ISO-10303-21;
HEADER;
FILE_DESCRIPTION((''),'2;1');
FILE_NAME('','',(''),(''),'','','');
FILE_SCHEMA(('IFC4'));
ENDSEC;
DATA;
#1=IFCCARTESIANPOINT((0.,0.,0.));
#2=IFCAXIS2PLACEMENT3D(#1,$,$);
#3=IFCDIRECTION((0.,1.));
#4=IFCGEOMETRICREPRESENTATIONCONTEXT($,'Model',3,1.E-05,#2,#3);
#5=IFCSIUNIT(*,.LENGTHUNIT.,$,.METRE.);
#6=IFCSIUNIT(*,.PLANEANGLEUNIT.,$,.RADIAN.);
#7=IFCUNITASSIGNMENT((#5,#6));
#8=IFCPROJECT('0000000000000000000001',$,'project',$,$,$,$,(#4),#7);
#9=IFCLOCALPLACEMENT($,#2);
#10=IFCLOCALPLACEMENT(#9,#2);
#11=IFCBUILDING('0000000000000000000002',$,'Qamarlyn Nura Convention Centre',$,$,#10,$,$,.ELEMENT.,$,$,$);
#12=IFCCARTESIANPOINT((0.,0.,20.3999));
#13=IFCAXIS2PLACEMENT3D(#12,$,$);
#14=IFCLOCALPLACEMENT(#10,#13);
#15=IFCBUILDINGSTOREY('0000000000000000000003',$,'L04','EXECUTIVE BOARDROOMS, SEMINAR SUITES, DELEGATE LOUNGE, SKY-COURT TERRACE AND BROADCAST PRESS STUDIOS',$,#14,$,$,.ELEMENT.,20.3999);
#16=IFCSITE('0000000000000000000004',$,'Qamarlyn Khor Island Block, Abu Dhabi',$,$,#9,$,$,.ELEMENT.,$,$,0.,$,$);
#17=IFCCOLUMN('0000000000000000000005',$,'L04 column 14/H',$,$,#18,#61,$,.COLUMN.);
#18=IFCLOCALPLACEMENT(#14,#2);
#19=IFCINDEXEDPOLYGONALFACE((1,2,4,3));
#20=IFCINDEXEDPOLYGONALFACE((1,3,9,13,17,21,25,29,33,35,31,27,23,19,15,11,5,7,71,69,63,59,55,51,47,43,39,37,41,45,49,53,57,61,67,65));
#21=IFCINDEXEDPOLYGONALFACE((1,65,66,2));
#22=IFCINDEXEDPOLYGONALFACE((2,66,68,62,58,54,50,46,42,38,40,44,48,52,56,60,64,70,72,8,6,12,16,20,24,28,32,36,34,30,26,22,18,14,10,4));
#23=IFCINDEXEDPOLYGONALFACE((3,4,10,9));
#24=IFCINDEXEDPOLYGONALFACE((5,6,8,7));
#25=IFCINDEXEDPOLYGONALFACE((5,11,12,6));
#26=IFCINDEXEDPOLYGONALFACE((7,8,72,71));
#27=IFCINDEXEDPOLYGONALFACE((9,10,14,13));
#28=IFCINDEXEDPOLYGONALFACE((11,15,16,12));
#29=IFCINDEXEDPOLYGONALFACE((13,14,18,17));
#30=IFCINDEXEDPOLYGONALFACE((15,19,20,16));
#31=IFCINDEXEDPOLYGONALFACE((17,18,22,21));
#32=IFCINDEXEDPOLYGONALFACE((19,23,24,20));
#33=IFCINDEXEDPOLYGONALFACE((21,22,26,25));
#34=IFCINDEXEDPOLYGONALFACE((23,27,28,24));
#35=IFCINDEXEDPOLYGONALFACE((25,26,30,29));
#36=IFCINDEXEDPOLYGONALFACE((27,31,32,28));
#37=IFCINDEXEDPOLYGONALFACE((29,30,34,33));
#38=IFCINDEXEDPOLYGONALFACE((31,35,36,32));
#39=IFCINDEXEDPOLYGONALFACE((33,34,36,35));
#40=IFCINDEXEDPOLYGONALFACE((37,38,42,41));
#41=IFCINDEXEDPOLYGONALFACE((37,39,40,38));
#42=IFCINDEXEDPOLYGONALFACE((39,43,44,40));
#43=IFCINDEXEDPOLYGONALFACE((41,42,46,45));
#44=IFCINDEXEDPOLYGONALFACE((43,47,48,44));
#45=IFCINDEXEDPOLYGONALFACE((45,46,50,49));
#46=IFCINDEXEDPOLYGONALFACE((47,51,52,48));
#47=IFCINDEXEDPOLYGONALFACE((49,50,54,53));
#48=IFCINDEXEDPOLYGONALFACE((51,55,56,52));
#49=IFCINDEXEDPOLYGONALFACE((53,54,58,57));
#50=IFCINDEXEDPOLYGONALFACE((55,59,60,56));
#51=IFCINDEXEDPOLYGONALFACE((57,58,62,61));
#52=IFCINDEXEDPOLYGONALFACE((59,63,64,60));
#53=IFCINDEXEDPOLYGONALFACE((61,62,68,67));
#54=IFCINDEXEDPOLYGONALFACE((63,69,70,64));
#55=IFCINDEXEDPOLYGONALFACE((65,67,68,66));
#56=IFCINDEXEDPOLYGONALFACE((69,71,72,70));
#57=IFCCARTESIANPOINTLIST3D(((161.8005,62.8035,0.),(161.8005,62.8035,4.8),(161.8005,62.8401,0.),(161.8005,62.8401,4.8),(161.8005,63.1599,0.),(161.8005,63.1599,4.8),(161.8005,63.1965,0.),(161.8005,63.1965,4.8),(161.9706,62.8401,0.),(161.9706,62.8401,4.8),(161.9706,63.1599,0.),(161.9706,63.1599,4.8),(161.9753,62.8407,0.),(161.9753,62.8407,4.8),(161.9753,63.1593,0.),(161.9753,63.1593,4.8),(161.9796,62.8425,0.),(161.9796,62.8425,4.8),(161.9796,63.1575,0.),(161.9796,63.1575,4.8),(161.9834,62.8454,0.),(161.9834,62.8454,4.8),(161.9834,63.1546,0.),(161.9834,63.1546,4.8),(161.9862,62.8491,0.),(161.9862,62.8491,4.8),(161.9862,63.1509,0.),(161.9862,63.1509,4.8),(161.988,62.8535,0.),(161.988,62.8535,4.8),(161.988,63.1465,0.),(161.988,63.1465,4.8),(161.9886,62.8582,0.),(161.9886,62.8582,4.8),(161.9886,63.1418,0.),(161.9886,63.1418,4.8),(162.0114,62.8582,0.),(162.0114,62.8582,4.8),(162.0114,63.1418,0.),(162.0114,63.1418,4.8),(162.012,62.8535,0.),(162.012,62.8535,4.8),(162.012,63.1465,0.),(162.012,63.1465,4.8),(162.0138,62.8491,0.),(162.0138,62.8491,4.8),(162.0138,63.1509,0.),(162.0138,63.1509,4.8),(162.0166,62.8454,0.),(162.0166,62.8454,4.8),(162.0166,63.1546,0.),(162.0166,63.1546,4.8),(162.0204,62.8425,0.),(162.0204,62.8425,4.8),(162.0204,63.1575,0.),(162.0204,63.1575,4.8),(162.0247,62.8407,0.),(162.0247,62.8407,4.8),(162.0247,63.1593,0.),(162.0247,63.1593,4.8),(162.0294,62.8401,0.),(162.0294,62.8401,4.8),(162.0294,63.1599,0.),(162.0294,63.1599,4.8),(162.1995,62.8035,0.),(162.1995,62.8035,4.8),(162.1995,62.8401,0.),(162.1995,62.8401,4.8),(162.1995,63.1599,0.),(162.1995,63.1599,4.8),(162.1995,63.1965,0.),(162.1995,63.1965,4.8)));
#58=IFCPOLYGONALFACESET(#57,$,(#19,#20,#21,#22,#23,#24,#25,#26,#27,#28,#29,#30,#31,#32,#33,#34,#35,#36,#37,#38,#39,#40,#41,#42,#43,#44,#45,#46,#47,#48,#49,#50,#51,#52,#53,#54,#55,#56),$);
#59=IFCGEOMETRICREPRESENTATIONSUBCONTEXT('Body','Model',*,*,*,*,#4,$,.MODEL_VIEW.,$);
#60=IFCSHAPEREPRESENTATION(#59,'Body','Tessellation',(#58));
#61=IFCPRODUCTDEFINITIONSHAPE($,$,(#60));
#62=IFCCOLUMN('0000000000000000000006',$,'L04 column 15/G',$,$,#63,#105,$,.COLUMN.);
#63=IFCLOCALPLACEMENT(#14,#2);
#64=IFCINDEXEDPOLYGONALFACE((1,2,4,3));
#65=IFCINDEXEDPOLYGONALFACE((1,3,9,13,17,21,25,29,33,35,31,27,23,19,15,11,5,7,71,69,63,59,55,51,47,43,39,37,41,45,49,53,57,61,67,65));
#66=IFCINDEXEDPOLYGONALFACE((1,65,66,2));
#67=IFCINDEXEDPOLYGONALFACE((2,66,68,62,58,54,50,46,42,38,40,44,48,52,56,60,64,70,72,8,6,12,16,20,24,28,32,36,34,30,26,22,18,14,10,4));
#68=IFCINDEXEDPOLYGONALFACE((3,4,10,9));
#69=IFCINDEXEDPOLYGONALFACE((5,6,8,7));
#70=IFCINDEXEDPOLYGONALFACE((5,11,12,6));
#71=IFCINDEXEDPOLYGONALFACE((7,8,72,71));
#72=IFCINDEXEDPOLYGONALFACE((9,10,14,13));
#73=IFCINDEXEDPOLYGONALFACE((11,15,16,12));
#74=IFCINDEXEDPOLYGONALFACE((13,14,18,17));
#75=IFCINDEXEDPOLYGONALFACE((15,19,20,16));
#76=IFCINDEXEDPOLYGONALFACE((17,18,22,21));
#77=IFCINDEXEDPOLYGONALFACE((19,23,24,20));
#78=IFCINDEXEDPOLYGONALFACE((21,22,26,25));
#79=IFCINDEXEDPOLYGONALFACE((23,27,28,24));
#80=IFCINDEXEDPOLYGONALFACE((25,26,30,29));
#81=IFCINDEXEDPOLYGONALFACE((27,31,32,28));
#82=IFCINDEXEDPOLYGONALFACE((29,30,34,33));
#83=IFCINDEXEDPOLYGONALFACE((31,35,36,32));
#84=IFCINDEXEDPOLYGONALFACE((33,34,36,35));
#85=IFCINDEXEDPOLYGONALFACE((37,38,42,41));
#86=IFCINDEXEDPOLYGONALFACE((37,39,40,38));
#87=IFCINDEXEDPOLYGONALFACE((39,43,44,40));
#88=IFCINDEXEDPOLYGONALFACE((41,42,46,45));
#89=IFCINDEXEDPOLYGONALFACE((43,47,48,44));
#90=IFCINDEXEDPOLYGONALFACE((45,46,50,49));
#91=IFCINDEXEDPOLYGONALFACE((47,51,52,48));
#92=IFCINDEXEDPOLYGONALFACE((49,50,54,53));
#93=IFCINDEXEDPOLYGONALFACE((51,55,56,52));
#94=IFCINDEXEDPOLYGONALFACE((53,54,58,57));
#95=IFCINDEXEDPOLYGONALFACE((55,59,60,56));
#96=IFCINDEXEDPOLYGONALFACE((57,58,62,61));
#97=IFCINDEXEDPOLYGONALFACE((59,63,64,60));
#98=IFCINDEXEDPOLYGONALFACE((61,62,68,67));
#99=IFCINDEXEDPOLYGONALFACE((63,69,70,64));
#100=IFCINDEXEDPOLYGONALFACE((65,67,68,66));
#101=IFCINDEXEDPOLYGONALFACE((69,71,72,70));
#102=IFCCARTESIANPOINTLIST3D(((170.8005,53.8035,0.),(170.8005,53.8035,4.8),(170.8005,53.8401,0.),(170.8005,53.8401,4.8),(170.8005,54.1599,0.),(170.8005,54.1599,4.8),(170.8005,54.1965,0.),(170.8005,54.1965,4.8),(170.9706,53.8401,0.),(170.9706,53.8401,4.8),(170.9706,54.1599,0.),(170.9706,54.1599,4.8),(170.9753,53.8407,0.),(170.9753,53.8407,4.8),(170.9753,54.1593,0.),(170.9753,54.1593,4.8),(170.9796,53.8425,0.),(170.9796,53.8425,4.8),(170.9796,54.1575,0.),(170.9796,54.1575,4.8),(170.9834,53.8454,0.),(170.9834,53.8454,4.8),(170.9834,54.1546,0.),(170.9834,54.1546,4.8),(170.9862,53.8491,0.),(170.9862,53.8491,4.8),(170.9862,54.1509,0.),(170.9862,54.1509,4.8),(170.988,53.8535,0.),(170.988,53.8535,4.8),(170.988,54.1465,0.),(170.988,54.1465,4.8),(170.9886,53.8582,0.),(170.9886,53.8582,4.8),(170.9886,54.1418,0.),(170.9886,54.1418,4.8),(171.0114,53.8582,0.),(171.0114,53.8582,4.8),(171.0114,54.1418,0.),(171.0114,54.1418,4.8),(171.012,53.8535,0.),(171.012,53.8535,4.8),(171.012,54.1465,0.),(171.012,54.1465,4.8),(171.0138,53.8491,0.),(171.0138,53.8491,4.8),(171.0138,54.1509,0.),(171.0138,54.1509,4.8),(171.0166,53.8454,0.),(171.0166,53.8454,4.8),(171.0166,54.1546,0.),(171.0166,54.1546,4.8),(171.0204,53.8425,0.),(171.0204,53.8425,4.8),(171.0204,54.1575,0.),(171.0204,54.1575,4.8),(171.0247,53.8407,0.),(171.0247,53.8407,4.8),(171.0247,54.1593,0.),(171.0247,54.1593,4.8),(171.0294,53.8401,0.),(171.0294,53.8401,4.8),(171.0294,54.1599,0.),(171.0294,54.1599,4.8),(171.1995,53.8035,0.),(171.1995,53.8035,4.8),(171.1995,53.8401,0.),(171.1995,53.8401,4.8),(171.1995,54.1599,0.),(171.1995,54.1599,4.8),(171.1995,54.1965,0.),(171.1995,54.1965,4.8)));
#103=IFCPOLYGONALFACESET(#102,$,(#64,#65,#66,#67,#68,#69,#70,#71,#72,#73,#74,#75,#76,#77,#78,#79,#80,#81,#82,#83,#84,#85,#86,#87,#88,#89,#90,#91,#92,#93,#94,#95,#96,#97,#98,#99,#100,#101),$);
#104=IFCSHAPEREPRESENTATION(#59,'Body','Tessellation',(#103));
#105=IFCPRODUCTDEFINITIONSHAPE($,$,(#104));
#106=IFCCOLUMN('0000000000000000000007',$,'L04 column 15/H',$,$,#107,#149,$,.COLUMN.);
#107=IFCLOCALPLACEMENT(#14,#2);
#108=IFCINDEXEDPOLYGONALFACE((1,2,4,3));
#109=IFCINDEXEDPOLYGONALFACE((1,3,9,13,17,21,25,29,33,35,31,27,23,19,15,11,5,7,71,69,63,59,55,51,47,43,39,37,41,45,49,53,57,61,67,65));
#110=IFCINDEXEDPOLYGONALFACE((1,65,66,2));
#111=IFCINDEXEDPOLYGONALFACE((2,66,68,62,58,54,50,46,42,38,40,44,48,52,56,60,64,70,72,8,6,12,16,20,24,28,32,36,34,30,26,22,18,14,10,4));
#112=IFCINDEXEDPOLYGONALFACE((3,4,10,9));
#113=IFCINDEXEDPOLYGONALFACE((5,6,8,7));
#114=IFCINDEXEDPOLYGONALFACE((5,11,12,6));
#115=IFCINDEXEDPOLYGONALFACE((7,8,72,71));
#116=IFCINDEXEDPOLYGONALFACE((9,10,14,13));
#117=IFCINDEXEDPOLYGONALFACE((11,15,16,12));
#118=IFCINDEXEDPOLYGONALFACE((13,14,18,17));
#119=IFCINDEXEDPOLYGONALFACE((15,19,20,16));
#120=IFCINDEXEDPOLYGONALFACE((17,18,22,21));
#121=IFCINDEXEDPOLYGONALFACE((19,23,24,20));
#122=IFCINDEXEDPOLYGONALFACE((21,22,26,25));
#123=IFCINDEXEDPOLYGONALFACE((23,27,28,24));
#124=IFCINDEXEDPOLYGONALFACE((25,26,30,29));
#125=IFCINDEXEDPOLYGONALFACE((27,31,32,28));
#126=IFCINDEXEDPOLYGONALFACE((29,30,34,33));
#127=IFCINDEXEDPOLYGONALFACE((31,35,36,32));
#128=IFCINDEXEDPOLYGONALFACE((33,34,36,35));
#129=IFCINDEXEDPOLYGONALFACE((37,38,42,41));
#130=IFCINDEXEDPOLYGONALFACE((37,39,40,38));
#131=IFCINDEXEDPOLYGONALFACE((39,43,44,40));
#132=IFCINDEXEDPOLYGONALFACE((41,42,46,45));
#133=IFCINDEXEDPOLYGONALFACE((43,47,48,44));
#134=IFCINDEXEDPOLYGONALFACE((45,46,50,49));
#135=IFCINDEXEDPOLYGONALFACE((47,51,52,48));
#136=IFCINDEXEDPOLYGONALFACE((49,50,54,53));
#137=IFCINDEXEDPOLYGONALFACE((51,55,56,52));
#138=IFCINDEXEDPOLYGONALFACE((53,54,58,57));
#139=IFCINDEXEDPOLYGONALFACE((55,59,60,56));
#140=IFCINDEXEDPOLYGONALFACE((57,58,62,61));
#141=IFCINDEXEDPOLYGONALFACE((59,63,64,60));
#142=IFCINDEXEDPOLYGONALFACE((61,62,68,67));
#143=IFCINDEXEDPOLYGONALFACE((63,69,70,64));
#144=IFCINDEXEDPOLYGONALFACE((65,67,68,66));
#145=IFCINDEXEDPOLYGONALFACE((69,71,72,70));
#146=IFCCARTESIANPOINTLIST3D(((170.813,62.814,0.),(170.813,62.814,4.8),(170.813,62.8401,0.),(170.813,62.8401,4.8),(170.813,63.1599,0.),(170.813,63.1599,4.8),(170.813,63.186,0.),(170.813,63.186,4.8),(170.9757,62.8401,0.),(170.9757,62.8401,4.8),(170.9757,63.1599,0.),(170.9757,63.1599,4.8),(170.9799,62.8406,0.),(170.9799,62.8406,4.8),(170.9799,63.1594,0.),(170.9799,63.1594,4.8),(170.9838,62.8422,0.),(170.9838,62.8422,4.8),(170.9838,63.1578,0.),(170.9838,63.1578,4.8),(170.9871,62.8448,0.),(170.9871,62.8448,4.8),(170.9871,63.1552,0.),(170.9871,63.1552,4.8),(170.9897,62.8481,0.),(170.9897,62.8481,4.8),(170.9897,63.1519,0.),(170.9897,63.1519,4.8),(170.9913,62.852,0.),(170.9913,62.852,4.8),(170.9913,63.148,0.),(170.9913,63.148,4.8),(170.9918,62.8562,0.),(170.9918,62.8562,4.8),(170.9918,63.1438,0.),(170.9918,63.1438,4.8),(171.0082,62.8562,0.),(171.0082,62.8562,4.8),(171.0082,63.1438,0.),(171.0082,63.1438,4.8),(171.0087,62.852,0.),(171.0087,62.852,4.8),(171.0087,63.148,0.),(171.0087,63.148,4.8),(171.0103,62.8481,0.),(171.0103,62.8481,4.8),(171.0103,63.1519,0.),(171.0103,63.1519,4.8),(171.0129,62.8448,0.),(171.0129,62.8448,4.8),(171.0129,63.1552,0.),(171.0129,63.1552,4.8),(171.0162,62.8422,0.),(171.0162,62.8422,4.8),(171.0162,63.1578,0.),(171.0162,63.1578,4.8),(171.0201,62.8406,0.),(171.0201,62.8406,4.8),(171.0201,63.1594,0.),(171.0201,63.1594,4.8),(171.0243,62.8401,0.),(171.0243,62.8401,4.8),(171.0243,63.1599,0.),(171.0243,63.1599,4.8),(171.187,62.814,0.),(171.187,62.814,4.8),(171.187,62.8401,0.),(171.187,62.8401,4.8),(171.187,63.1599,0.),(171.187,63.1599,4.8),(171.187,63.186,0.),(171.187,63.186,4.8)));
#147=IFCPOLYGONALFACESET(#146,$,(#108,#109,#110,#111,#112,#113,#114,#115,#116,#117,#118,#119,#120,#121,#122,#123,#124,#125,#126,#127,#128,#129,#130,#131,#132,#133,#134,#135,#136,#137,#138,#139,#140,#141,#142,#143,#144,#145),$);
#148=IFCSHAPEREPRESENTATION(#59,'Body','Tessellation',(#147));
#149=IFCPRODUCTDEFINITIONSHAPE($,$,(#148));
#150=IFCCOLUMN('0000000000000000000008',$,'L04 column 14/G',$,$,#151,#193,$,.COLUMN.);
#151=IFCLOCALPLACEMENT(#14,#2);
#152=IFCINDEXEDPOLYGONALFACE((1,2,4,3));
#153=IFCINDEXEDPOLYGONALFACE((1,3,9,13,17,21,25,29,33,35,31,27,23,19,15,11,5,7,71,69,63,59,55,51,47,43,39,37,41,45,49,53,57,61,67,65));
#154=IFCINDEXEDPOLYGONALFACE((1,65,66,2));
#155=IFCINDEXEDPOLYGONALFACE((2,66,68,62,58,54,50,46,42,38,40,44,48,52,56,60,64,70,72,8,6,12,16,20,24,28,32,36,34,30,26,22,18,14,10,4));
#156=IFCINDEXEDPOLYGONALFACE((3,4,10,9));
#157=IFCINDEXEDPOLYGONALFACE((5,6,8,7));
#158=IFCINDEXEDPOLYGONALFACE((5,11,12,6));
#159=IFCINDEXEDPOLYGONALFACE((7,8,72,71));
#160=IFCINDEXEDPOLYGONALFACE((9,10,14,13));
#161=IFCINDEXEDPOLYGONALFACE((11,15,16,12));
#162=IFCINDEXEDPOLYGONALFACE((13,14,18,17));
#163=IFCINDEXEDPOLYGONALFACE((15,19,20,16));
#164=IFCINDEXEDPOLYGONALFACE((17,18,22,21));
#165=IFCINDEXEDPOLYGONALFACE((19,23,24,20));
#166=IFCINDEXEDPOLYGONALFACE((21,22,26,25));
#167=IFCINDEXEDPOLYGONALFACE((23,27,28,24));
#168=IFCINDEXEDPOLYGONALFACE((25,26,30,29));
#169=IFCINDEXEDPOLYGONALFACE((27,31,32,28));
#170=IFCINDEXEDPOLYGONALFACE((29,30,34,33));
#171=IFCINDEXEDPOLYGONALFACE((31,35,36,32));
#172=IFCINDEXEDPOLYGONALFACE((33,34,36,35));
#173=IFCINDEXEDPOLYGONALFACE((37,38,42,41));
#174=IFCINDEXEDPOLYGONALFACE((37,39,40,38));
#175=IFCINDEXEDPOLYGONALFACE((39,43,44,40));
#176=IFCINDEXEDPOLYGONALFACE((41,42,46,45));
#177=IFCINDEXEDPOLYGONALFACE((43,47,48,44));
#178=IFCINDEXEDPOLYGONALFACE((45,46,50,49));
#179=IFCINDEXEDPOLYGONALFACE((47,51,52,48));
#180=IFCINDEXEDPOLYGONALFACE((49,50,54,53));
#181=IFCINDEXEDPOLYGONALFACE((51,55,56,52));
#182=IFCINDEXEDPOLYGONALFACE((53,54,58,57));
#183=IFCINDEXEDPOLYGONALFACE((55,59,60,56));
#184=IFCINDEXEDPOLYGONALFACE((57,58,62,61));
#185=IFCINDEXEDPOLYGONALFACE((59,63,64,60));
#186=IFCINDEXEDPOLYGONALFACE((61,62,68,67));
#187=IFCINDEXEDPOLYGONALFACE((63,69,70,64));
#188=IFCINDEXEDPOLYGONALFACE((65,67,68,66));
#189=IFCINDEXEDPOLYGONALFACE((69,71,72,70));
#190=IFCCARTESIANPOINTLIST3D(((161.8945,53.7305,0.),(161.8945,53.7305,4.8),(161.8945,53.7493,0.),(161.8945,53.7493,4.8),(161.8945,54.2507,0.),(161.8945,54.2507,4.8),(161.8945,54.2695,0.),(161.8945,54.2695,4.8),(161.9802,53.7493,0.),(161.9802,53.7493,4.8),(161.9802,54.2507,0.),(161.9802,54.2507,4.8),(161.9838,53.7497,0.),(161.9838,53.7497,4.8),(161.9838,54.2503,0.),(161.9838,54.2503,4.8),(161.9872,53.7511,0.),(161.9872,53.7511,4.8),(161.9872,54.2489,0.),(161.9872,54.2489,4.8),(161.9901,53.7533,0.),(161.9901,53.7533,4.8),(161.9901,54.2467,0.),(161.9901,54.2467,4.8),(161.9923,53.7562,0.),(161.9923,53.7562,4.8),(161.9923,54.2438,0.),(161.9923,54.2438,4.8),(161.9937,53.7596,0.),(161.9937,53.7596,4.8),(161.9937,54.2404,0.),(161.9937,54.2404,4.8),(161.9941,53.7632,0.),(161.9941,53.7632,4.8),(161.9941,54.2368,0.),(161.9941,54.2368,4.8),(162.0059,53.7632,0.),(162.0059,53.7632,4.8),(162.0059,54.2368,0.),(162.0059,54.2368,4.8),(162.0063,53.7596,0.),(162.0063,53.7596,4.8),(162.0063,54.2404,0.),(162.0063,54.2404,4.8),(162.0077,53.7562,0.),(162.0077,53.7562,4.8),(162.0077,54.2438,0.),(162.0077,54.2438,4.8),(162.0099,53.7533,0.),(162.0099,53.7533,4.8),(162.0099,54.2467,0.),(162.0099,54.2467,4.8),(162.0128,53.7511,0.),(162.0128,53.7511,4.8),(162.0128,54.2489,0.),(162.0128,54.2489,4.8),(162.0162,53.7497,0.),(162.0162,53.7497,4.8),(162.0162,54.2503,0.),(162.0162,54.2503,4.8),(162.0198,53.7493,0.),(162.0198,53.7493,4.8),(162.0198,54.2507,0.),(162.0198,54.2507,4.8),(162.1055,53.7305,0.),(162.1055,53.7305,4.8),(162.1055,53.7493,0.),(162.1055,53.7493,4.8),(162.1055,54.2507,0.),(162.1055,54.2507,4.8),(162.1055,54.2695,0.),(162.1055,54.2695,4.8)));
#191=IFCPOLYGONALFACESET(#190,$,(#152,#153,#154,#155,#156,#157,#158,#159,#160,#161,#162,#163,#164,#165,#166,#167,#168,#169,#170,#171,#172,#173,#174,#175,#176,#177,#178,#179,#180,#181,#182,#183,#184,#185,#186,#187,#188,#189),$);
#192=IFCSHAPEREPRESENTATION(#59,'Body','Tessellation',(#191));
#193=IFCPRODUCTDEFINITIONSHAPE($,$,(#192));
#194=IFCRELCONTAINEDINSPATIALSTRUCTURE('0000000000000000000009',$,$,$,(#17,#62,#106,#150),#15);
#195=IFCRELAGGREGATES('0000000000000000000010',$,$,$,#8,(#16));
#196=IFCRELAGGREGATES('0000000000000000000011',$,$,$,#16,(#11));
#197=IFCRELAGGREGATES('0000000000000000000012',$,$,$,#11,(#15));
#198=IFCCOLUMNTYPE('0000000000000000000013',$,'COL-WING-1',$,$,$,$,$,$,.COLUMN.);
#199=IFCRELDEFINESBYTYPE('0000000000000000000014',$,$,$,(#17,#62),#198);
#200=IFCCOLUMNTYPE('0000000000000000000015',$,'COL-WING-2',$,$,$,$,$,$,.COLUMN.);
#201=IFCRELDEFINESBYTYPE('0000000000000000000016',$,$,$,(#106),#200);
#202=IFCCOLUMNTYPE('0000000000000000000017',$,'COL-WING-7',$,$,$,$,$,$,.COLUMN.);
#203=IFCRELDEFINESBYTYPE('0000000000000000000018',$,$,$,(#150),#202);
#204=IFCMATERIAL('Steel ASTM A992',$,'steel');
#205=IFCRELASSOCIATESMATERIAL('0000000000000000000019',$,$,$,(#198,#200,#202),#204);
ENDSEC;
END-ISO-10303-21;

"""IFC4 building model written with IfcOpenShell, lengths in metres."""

from ifc_helpers import new_model, si_unit, direction, frame, origin, origin_2d, place, context, subcontext, project, spatial, i_section, extrude, material, material_profile, profile_set, type_object, element, save


model = new_model("IFC4")

# Units and contexts
model_context = context("Model", 3, precision=1e-05, world=origin(), true_north=direction((0.0, 1.0)))
body_context = subcontext(model_context, "Body", "Model", "MODEL_VIEW")
ifc_project = project(units=[si_unit("LENGTHUNIT", "METRE"), si_unit("PLANEANGLEUNIT", "RADIAN")], contexts=[model_context])

# Site, building, storey
site_placement = place(None, origin())
site = spatial("IfcSite", under=ifc_project, at=site_placement, Name="Qamarlyn Khor Island Block, Abu Dhabi", CompositionType="ELEMENT", RefElevation=0.0)
building_placement = place(site_placement, origin())
building = spatial("IfcBuilding", under=site, at=building_placement, Name="Qamarlyn Nura Convention Centre", CompositionType="ELEMENT")
storey_placement = place(building_placement, frame((0.0, 0.0, 20.3999)))
storey = spatial("IfcBuildingStorey", under=building, at=storey_placement, Name="L04", Description="EXECUTIVE BOARDROOMS, SEMINAR SUITES, DELEGATE LOUNGE, SKY-COURT TERRACE AND BROADCAST PRESS STUDIOS", CompositionType="ELEMENT", Elevation=20.3999)

# Columns
ifc_material_1 = material(Name="Steel ASTM A992", Category="steel")
ifc_material_profile_1 = material_profile(ifc_material_1, i_section(OverallWidth=0.3989, OverallDepth=0.3931, WebThickness=0.0227, FlangeThickness=0.0366, FilletRadius=0.0181, at=origin_2d()), Name="W360X287")
ifc_profile_set_1 = profile_set([ifc_material_profile_1], Name="Steel ASTM A992")
column_type_1 = type_object("IfcColumnType", Name="COL-WING-1", PredefinedType="COLUMN", material=ifc_profile_set_1)
for number, where, z_axis, x_axis, name in (
    (1, (162.0, 63.0, 0.0), (0.0, 0.0, 1.0), (1.0, 0.0, 0.0), "L04 column 14/H"),
    (2, (171.0, 54.0, 0.0), (0.0, 0.0, 1.0), (1.0, 0.0, 0.0), "L04 column 15/G"),
):
    element("IfcColumn", number, at=place(storey_placement, frame(where, z_axis=z_axis, x_axis=x_axis)), inside=storey, type_object=column_type_1, Name=name, PredefinedType="COLUMN", context=body_context, shape_type="SweptSolid", body=[
        extrude(i_section(OverallWidth=0.3989, OverallDepth=0.3931, WebThickness=0.0227, FlangeThickness=0.0366, FilletRadius=0.0181, at=origin_2d()), origin(), (0.0, 0.0, 1.0), 4.8),
    ])
ifc_material_profile_2 = material_profile(ifc_material_1, i_section(OverallWidth=0.374, OverallDepth=0.3721, WebThickness=0.0164, FlangeThickness=0.0261, FilletRadius=0.0161, at=origin_2d()), Name="W360X196")
ifc_profile_set_2 = profile_set([ifc_material_profile_2], Name="Steel ASTM A992")
column_type_2 = type_object("IfcColumnType", Name="COL-WING-2", PredefinedType="COLUMN", material=ifc_profile_set_2)
column_1_placement = place(storey_placement, frame((171.0, 63.0, 0.0), z_axis=(0.0, 0.0, 1.0), x_axis=(1.0, 0.0, 0.0)))
element("IfcColumn", 3, at=column_1_placement, inside=storey, type_object=column_type_2, Name="L04 column 15/H", PredefinedType="COLUMN", context=body_context, shape_type="SweptSolid", body=[
    extrude(i_section(OverallWidth=0.374, OverallDepth=0.3721, WebThickness=0.0164, FlangeThickness=0.0261, FilletRadius=0.0161, at=origin_2d()), origin(), (0.0, 0.0, 1.0), 4.8),
])
ifc_material_profile_3 = material_profile(ifc_material_1, i_section(OverallWidth=0.2109, OverallDepth=0.5391, WebThickness=0.0117, FlangeThickness=0.0188, FilletRadius=0.0139, at=origin_2d()), Name="W530X109")
ifc_profile_set_3 = profile_set([ifc_material_profile_3], Name="Steel ASTM A992")
column_type_3 = type_object("IfcColumnType", Name="COL-WING-7", PredefinedType="COLUMN", material=ifc_profile_set_3)
column_2_placement = place(storey_placement, frame((162.0, 54.0, 0.0), z_axis=(0.0, 0.0, 1.0), x_axis=(1.0, 0.0, 0.0)))
element("IfcColumn", 4, at=column_2_placement, inside=storey, type_object=column_type_3, Name="L04 column 14/G", PredefinedType="COLUMN", context=body_context, shape_type="SweptSolid", body=[
    extrude(i_section(OverallWidth=0.2109, OverallDepth=0.5391, WebThickness=0.0117, FlangeThickness=0.0188, FilletRadius=0.0139, at=origin_2d()), origin(), (0.0, 0.0, 1.0), 4.8),
])

save(model, "model.ifc")
